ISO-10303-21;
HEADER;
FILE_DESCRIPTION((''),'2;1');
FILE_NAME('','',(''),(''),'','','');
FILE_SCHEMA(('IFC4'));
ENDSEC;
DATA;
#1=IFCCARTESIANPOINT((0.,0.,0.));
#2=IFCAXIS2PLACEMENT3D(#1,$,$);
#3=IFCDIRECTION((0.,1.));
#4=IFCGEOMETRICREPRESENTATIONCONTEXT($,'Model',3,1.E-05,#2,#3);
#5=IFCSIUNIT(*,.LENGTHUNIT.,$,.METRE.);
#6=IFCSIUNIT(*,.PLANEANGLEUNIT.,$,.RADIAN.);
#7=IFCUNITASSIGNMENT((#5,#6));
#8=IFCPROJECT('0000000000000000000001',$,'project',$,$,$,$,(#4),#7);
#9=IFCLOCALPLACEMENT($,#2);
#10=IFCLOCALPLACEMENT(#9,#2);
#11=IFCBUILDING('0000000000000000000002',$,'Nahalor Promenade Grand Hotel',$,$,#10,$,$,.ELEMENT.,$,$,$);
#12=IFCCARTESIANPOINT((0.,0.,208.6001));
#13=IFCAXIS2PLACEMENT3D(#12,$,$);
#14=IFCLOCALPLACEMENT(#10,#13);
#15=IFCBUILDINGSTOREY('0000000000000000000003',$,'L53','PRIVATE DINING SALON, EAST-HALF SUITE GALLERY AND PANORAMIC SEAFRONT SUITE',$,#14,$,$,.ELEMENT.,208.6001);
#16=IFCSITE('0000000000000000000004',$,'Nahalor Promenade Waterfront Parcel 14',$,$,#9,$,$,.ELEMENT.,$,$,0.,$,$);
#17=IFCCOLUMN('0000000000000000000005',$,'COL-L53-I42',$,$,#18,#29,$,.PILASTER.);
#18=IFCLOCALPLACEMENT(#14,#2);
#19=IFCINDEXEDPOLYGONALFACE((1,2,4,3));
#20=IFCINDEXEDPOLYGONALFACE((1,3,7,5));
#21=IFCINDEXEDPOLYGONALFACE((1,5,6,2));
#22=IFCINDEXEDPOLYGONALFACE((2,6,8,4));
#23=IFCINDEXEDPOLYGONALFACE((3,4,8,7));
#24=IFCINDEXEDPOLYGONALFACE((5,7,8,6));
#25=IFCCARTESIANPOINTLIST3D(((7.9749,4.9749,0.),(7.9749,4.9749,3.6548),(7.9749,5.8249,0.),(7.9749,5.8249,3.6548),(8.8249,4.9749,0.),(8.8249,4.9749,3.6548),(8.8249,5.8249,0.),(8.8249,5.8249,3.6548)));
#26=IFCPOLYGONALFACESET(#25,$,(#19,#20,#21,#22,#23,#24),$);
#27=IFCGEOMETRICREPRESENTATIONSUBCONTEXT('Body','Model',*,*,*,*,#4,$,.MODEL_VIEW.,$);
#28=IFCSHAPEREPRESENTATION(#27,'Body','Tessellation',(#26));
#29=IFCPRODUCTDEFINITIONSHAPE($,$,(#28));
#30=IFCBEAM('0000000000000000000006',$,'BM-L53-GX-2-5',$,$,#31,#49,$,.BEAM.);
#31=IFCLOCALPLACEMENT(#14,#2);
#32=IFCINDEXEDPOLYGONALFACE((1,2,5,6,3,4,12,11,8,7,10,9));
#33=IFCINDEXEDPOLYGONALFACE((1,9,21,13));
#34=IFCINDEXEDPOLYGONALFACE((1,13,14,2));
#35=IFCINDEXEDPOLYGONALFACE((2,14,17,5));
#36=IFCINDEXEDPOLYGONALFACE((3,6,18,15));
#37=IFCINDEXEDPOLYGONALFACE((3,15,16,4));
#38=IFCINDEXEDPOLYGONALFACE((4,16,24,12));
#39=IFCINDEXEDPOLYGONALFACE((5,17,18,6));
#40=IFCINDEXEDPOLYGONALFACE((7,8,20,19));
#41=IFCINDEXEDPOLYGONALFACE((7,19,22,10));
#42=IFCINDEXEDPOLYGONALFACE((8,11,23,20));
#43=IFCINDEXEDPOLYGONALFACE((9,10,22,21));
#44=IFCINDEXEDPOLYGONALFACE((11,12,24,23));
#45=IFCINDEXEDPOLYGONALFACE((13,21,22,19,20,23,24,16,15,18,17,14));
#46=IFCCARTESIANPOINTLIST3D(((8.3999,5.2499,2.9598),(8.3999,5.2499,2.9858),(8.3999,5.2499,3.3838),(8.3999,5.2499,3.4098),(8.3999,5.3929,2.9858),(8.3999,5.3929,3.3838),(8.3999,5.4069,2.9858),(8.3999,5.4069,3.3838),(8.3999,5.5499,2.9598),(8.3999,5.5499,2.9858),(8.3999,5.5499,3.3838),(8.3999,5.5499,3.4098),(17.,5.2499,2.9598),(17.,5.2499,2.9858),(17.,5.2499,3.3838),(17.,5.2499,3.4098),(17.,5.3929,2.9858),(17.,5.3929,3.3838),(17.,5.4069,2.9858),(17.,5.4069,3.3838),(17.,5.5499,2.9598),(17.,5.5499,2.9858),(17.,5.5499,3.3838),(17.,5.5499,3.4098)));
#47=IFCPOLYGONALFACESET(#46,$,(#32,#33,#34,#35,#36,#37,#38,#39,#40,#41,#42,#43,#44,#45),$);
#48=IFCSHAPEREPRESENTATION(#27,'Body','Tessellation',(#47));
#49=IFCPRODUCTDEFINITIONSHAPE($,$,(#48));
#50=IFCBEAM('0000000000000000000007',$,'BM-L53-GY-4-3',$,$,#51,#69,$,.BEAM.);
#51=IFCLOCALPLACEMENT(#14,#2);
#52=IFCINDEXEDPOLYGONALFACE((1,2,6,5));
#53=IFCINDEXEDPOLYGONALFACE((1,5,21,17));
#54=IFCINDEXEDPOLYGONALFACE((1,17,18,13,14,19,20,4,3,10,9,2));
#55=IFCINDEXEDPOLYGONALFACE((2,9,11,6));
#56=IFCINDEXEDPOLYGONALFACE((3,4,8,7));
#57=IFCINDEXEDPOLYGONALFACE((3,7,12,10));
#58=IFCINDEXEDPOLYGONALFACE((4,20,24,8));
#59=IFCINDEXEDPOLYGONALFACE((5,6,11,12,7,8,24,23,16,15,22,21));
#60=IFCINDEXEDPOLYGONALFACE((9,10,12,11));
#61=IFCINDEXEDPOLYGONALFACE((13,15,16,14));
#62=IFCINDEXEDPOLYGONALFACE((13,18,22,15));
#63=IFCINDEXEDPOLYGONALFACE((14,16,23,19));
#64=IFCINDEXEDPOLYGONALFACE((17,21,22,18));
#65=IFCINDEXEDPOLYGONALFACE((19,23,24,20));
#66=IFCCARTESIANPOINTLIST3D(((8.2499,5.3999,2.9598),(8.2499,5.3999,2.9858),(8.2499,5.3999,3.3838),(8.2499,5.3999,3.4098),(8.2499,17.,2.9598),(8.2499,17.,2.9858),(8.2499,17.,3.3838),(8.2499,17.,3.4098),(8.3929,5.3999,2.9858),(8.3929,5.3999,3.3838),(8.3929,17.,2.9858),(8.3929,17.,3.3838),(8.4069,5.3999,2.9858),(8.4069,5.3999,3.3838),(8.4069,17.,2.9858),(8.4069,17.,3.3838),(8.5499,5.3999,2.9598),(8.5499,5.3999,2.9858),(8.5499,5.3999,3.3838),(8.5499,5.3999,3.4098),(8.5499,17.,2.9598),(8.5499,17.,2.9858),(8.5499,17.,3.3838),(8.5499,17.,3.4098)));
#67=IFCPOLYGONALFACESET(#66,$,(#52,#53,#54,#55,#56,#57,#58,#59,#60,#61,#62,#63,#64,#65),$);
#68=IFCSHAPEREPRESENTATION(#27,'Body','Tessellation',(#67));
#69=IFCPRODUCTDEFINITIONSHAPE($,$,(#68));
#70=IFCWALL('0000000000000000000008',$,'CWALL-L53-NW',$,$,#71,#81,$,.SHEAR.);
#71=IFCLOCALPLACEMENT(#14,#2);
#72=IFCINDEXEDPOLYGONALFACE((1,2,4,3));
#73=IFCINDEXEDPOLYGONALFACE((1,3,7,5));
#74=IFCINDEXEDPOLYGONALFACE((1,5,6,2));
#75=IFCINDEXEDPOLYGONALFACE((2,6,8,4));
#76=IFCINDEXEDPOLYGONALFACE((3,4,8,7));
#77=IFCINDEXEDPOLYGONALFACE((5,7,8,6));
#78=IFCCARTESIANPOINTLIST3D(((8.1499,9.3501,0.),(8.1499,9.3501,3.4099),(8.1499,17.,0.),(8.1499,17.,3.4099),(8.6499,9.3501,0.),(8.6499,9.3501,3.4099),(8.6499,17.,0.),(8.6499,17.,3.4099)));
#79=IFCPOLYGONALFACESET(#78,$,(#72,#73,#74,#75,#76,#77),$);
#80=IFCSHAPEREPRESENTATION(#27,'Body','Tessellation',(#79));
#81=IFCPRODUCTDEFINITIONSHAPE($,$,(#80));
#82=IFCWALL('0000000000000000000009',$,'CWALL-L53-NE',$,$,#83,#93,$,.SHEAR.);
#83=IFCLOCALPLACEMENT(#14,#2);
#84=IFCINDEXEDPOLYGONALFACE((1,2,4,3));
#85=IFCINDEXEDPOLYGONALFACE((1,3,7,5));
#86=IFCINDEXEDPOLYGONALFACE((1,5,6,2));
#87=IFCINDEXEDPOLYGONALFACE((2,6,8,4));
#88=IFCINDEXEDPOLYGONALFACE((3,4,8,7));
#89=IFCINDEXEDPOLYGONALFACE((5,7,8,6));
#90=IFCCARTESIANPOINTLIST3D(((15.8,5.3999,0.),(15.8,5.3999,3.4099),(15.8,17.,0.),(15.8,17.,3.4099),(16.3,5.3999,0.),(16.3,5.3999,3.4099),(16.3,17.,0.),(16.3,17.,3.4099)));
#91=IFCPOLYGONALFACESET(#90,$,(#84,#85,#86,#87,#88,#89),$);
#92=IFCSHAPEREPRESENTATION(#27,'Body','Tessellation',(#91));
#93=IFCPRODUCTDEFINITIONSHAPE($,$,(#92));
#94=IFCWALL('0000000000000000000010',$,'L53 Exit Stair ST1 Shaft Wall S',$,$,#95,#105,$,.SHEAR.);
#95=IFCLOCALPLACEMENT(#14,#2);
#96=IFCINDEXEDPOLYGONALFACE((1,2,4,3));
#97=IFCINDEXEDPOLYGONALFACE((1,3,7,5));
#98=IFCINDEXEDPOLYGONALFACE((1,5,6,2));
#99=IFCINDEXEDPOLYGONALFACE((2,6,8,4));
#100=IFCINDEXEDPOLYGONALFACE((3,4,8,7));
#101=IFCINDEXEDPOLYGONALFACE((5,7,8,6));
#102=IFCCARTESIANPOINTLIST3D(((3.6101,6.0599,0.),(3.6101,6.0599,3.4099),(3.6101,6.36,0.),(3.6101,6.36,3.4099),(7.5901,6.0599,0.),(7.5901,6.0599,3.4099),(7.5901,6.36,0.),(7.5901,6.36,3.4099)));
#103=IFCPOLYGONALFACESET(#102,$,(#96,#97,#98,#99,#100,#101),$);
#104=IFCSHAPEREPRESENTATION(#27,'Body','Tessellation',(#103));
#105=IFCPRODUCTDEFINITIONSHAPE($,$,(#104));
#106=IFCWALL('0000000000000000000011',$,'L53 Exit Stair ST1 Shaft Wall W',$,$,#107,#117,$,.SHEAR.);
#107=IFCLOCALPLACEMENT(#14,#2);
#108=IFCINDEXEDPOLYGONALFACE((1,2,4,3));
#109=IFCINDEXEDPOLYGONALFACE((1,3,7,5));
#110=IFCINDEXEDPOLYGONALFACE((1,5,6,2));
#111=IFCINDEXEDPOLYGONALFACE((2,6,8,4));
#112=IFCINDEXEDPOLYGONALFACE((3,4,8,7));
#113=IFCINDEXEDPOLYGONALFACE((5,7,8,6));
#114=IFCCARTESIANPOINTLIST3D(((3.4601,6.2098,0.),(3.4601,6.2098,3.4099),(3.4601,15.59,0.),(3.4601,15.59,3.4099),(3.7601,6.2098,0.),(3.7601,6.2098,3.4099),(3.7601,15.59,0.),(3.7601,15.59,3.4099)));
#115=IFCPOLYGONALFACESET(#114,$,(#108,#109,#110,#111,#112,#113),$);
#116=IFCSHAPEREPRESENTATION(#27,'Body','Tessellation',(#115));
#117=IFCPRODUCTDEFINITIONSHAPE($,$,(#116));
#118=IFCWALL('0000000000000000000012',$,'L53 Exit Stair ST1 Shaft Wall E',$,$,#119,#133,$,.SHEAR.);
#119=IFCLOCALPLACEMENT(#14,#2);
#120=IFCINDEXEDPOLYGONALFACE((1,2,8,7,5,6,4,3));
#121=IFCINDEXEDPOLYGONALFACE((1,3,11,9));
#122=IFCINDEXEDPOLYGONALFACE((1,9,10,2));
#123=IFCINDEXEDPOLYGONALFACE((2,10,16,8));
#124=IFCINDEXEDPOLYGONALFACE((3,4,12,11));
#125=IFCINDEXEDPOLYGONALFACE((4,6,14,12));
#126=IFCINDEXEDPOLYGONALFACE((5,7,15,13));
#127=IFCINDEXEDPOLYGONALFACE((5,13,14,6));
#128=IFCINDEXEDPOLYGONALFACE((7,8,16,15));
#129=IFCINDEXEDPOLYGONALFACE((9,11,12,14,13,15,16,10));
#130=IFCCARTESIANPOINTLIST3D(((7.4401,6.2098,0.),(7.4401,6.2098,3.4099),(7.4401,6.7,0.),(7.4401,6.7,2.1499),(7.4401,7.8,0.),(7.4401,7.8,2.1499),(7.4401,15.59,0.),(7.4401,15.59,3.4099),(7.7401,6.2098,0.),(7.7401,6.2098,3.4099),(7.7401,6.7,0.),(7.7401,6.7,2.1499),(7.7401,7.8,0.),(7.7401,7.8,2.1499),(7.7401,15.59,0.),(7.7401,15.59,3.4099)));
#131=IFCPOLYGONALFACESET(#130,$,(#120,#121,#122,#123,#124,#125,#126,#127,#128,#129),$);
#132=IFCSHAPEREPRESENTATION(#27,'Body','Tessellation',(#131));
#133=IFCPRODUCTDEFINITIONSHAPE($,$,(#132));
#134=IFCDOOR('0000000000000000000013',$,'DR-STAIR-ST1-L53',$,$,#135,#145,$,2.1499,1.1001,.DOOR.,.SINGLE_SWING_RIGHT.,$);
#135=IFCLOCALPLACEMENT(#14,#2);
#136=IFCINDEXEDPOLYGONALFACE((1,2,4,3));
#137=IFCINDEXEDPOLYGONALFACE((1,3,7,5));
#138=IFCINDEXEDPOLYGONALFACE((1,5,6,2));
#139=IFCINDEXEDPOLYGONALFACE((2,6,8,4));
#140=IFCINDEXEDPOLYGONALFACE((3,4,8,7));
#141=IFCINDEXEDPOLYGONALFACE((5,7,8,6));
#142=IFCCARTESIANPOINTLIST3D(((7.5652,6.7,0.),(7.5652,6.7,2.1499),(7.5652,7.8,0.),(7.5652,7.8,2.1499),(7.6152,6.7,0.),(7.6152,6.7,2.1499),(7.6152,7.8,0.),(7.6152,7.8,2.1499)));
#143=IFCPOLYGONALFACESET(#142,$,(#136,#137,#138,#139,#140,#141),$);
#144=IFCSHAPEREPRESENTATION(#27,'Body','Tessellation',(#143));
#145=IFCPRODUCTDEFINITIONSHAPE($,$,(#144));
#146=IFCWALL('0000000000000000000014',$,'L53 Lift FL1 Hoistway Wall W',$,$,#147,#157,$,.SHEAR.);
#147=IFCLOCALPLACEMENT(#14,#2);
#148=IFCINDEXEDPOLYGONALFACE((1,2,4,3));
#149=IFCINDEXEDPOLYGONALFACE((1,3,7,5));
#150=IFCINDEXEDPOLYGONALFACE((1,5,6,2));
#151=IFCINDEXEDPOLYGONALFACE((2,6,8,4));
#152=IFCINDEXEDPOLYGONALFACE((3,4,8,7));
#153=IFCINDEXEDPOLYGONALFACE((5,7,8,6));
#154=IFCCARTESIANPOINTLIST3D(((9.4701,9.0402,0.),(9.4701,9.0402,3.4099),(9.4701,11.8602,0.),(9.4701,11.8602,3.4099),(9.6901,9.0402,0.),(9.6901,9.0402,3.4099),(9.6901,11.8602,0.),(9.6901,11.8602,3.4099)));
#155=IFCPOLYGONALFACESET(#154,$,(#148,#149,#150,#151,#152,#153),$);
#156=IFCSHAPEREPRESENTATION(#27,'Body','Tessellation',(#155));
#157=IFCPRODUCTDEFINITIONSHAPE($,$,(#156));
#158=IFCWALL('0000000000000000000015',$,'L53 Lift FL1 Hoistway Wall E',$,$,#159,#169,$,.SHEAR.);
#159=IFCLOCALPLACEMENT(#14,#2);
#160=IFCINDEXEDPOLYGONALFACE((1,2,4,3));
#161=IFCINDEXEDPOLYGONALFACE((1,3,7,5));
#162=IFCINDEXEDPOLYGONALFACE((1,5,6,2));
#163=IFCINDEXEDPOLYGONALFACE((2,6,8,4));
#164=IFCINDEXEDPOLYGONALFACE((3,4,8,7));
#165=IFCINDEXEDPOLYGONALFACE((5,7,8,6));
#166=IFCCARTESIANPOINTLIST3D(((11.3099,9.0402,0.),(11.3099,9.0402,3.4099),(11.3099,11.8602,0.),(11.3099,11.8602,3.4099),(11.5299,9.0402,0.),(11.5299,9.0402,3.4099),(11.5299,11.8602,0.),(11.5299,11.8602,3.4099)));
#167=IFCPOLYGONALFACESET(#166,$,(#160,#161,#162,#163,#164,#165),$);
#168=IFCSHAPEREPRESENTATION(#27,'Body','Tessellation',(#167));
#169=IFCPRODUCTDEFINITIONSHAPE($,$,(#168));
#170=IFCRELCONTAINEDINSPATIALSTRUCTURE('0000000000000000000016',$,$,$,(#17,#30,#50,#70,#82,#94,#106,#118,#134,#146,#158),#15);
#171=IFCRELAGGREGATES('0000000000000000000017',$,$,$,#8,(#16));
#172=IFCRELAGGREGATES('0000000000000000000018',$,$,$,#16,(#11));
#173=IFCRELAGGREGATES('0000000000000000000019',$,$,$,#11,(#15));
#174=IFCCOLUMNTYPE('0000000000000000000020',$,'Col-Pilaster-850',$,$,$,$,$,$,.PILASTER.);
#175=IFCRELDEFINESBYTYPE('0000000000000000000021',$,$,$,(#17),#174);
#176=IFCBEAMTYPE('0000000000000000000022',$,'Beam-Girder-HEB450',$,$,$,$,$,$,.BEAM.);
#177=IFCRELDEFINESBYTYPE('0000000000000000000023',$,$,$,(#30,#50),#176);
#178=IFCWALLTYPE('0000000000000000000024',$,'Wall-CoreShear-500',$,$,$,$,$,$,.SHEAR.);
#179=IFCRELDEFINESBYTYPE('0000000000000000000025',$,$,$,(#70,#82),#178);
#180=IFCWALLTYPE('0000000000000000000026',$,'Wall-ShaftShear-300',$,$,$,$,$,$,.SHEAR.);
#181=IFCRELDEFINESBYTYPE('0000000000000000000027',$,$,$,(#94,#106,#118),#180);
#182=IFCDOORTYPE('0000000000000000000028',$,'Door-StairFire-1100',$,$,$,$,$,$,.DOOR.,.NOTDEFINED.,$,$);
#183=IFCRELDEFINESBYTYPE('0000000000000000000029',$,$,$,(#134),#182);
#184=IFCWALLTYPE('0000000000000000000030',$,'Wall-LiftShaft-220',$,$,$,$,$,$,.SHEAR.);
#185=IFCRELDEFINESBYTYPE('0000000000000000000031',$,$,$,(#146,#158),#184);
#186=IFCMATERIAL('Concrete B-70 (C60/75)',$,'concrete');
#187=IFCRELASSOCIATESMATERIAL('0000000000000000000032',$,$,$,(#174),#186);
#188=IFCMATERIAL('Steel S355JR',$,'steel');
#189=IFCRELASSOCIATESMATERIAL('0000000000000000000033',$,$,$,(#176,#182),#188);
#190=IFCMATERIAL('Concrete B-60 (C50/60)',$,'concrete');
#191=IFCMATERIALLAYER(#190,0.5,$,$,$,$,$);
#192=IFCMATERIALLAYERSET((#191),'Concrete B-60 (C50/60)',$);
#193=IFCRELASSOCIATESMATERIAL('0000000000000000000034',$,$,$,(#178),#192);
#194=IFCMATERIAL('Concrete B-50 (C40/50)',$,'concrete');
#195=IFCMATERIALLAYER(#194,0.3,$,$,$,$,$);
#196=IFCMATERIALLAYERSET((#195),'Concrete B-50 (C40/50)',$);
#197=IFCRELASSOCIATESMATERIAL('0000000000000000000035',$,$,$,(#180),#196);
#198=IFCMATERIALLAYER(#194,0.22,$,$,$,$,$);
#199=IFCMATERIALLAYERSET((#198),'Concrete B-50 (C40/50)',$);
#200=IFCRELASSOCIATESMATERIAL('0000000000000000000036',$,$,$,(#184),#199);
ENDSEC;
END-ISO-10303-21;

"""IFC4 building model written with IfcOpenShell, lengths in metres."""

from ifc_helpers import new_model, si_unit, direction, frame, frame_2d, origin, origin_2d, place, context, subcontext, project, spatial, rectangle, i_section, extrude, source, transform, mapped, material, layer, layer_set, material_profile, profile_set, type_object, element, fill, save


model = new_model("IFC4")

# Units and contexts
model_context = context("Model", 3, precision=1e-05, world=origin(), true_north=direction((0.0, 1.0)))
body_context = subcontext(model_context, "Body", "Model", "MODEL_VIEW")
ifc_project = project(units=[si_unit("LENGTHUNIT", "METRE"), si_unit("PLANEANGLEUNIT", "RADIAN")], contexts=[model_context])

# Site, building, storey
site_placement = place(None, origin())
site = spatial("IfcSite", under=ifc_project, at=site_placement, Name="Nahalor Promenade Waterfront Parcel 14", CompositionType="ELEMENT", RefElevation=0.0)
building_placement = place(site_placement, origin())
building = spatial("IfcBuilding", under=site, at=building_placement, Name="Nahalor Promenade Grand Hotel", CompositionType="ELEMENT")
storey_placement = place(building_placement, frame((0.0, 0.0, 208.6001)))
storey = spatial("IfcBuildingStorey", under=building, at=storey_placement, Name="L53", Description="PRIVATE DINING SALON, EAST-HALF SUITE GALLERY AND PANORAMIC SEAFRONT SUITE", CompositionType="ELEMENT", Elevation=208.6001)

# Column
ifc_material_1 = material(Name="Concrete B-70 (C60/75)", Category="concrete")
ifc_material_profile_1 = material_profile(ifc_material_1, rectangle(XDim=0.85, YDim=0.85, at=origin_2d()), Name="RC 850x850")
ifc_profile_set_1 = profile_set([ifc_material_profile_1], Name="Concrete B-70 (C60/75)")
column_type = type_object("IfcColumnType", Name="Col-Pilaster-850", PredefinedType="PILASTER", material=ifc_profile_set_1)
shared_shape_1 = source(origin(), body_context, "Body", "SweptSolid", [
    extrude(rectangle(XDim=0.85, YDim=0.85, at=origin_2d()), origin(), (0.0, 0.0, 1.0), 3.6548),
])
column_placement = place(storey_placement, frame((8.3999, 5.3999, 0.0), z_axis=(0.0, 0.0, 1.0), x_axis=(1.0, 0.0, 0.0)))
element("IfcColumn", 1, at=column_placement, inside=storey, type_object=column_type, Name="COL-L53-I42", PredefinedType="PILASTER", context=body_context, shape_type="MappedRepresentation", body=[
    mapped(shared_shape_1, transform((0.0, 0.0, 0.0), scale=1.0)),
])

# Beams
ifc_material_2 = material(Name="Steel S355JR", Category="steel")
ifc_material_profile_2 = material_profile(ifc_material_2, i_section(OverallWidth=0.3, OverallDepth=0.45, WebThickness=0.014, FlangeThickness=0.026, at=origin_2d()), Name="HEB 450")
ifc_profile_set_2 = profile_set([ifc_material_profile_2], Name="Steel S355JR")
beam_type = type_object("IfcBeamType", Name="Beam-Girder-HEB450", PredefinedType="BEAM", material=ifc_profile_set_2)
shared_shape_2 = source(origin(), body_context, "Body", "SweptSolid", [
    extrude(i_section(OverallWidth=0.3, OverallDepth=0.45, WebThickness=0.014, FlangeThickness=0.026, at=origin_2d()), origin(), (0.0, 0.0, 1.0), 8.6001),
])
beam_1_placement = place(storey_placement, frame((8.3999, 5.3999, 3.1848), z_axis=(1.0, 0.0, 0.0), x_axis=(0.0, 1.0, 0.0)))
element("IfcBeam", 2, at=beam_1_placement, inside=storey, type_object=beam_type, Name="BM-L53-GX-2-5", PredefinedType="BEAM", context=body_context, shape_type="MappedRepresentation", body=[
    mapped(shared_shape_2, transform((0.0, 0.0, 0.0), scale=1.0)),
])
shared_shape_3 = source(origin(), body_context, "Body", "SweptSolid", [
    extrude(i_section(OverallWidth=0.3, OverallDepth=0.45, WebThickness=0.014, FlangeThickness=0.026, at=origin_2d()), origin(), (0.0, 0.0, 1.0), 11.6001),
])
beam_2_placement = place(storey_placement, frame((8.3999, 5.3999, 3.1848), z_axis=(0.0, 1.0, 0.0), x_axis=(-1.0, 0.0, 0.0)))
element("IfcBeam", 3, at=beam_2_placement, inside=storey, type_object=beam_type, Name="BM-L53-GY-4-3", PredefinedType="BEAM", context=body_context, shape_type="MappedRepresentation", body=[
    mapped(shared_shape_3, transform((0.0, 0.0, 0.0), scale=1.0)),
])

# Walls
ifc_material_3 = material(Name="Concrete B-60 (C50/60)", Category="concrete")
ifc_layer_1 = layer(ifc_material_3, 0.5)
ifc_layer_set_1 = layer_set([ifc_layer_1], Name="Concrete B-60 (C50/60)")
wall_type_1 = type_object("IfcWallType", Name="Wall-CoreShear-500", PredefinedType="SHEAR", material=ifc_layer_set_1)
shared_shape_4 = source(origin(), body_context, "Body", "SweptSolid", [
    extrude(rectangle(XDim=7.6499, YDim=0.5, at=frame_2d((3.825, 0.0))), origin(), (0.0, 0.0, 1.0), 3.4099),
])
wall_1_placement = place(storey_placement, frame((8.3999, 9.3501, 0.0), z_axis=(0.0, 0.0, 1.0), x_axis=(0.0, 1.0, 0.0)))
element("IfcWall", 4, at=wall_1_placement, inside=storey, type_object=wall_type_1, Name="CWALL-L53-NW", PredefinedType="SHEAR", context=body_context, shape_type="MappedRepresentation", body=[
    mapped(shared_shape_4, transform((0.0, 0.0, 0.0), scale=1.0)),
])
shared_shape_5 = source(origin(), body_context, "Body", "SweptSolid", [
    extrude(rectangle(XDim=11.6001, YDim=0.5, at=frame_2d((5.8, 0.0))), origin(), (0.0, 0.0, 1.0), 3.4099),
])
wall_2_placement = place(storey_placement, frame((16.05, 5.3999, 0.0), z_axis=(0.0, 0.0, 1.0), x_axis=(0.0, 1.0, 0.0)))
element("IfcWall", 5, at=wall_2_placement, inside=storey, type_object=wall_type_1, Name="CWALL-L53-NE", PredefinedType="SHEAR", context=body_context, shape_type="MappedRepresentation", body=[
    mapped(shared_shape_5, transform((0.0, 0.0, 0.0), scale=1.0)),
])
ifc_material_4 = material(Name="Concrete B-50 (C40/50)", Category="concrete")
ifc_layer_2 = layer(ifc_material_4, 0.3)
ifc_layer_set_2 = layer_set([ifc_layer_2], Name="Concrete B-50 (C40/50)")
wall_type_2 = type_object("IfcWallType", Name="Wall-ShaftShear-300", PredefinedType="SHEAR", material=ifc_layer_set_2)
shared_shape_6 = source(origin(), body_context, "Body", "SweptSolid", [
    extrude(rectangle(XDim=3.98, YDim=0.3, at=frame_2d((1.99, 0.0))), origin(), (0.0, 0.0, 1.0), 3.4099),
])
wall_3_placement = place(storey_placement, frame((3.6101, 6.21, 0.0), z_axis=(0.0, 0.0, 1.0), x_axis=(1.0, 0.0, 0.0)))
element("IfcWall", 6, at=wall_3_placement, inside=storey, type_object=wall_type_2, Name="L53 Exit Stair ST1 Shaft Wall S", PredefinedType="SHEAR", context=body_context, shape_type="MappedRepresentation", body=[
    mapped(shared_shape_6, transform((0.0, 0.0, 0.0), scale=1.0)),
])
shared_shape_7 = source(origin(), body_context, "Body", "SweptSolid", [
    extrude(rectangle(XDim=9.3801, YDim=0.3, at=frame_2d((4.6899, 0.0))), origin(), (0.0, 0.0, 1.0), 3.4099),
])
wall_4_placement = place(storey_placement, frame((3.6101, 6.21, 0.0), z_axis=(0.0, 0.0, 1.0), x_axis=(0.0, 1.0, 0.0)))
element("IfcWall", 7, at=wall_4_placement, inside=storey, type_object=wall_type_2, Name="L53 Exit Stair ST1 Shaft Wall W", PredefinedType="SHEAR", context=body_context, shape_type="MappedRepresentation", body=[
    mapped(shared_shape_7, transform((0.0, 0.0, 0.0), scale=1.0)),
])

# Wall, opening, door
wall_5_placement = place(storey_placement, frame((7.5901, 6.21, 0.0), z_axis=(0.0, 0.0, 1.0), x_axis=(0.0, 1.0, 0.0)))
wall_5 = element("IfcWall", 8, at=wall_5_placement, inside=storey, type_object=wall_type_2, Name="L53 Exit Stair ST1 Shaft Wall E", PredefinedType="SHEAR", context=body_context, shape_type="MappedRepresentation", body=[
    mapped(shared_shape_7, transform((0.0, 0.0, 0.0), scale=1.0)),
])
opening_1_placement = place(wall_5_placement, frame((0.49, 0.0, 0.0)))
opening_1 = element("IfcOpeningElement", 9, at=opening_1_placement, cuts=wall_5, PredefinedType="OPENING", context=body_context, shape_type="SweptSolid", body=[
    extrude(rectangle(XDim=1.1001, YDim=2.1499, at=frame_2d((0.55, 1.075))), frame((0.0, 0.1599, 0.0), z_axis=(0.0, -1.0, 0.0), x_axis=(1.0, 0.0, 0.0)), (0.0, 0.0, 1.0), 0.3201),
])
door_type_1 = type_object("IfcDoorType", Name="Door-StairFire-1100", OperationType="NOTDEFINED", PredefinedType="DOOR", material=ifc_material_2)
shared_shape_8 = source(origin(), body_context, "Body", "SweptSolid", [
    extrude(rectangle(XDim=1.1001, YDim=2.1499, at=frame_2d((0.55, 1.075))), frame((0.0, 0.0249, 0.0), z_axis=(0.0, -1.0, 0.0), x_axis=(1.0, 0.0, 0.0)), (0.0, 0.0, 1.0), 0.05),
])
door_1_placement = place(opening_1_placement, origin())
door_1 = element("IfcDoor", 10, at=door_1_placement, inside=storey, type_object=door_type_1, Name="DR-STAIR-ST1-L53", OperationType="SINGLE_SWING_RIGHT", OverallHeight=2.1499, OverallWidth=1.1001, PredefinedType="DOOR", context=body_context, shape_type="MappedRepresentation", body=[
    mapped(shared_shape_8, transform((0.0, 0.0, 0.0), scale=1.0)),
])
fill(opening_1, door_1)

# Walls
ifc_layer_3 = layer(ifc_material_4, 0.22)
ifc_layer_set_3 = layer_set([ifc_layer_3], Name="Concrete B-50 (C40/50)")
wall_type_3 = type_object("IfcWallType", Name="Wall-LiftShaft-220", PredefinedType="SHEAR", material=ifc_layer_set_3)
shared_shape_9 = source(origin(), body_context, "Body", "SweptSolid", [
    extrude(rectangle(XDim=2.8201, YDim=0.22, at=frame_2d((1.4102, 0.0))), origin(), (0.0, 0.0, 1.0), 3.4099),
])
for number, where, z_axis, x_axis, name in (
    (11, (9.5801, 9.04, 0.0), (0.0, 0.0, 1.0), (0.0, 1.0, 0.0), "L53 Lift FL1 Hoistway Wall W"),
    (12, (11.4199, 9.04, 0.0), (0.0, 0.0, 1.0), (0.0, 1.0, 0.0), "L53 Lift FL1 Hoistway Wall E"),
):
    element("IfcWall", number, at=place(storey_placement, frame(where, z_axis=z_axis, x_axis=x_axis)), inside=storey, type_object=wall_type_3, Name=name, PredefinedType="SHEAR", context=body_context, shape_type="MappedRepresentation", body=[
        mapped(shared_shape_9, transform((0.0, 0.0, 0.0), scale=1.0)),
    ])

save(model, "model.ifc")
